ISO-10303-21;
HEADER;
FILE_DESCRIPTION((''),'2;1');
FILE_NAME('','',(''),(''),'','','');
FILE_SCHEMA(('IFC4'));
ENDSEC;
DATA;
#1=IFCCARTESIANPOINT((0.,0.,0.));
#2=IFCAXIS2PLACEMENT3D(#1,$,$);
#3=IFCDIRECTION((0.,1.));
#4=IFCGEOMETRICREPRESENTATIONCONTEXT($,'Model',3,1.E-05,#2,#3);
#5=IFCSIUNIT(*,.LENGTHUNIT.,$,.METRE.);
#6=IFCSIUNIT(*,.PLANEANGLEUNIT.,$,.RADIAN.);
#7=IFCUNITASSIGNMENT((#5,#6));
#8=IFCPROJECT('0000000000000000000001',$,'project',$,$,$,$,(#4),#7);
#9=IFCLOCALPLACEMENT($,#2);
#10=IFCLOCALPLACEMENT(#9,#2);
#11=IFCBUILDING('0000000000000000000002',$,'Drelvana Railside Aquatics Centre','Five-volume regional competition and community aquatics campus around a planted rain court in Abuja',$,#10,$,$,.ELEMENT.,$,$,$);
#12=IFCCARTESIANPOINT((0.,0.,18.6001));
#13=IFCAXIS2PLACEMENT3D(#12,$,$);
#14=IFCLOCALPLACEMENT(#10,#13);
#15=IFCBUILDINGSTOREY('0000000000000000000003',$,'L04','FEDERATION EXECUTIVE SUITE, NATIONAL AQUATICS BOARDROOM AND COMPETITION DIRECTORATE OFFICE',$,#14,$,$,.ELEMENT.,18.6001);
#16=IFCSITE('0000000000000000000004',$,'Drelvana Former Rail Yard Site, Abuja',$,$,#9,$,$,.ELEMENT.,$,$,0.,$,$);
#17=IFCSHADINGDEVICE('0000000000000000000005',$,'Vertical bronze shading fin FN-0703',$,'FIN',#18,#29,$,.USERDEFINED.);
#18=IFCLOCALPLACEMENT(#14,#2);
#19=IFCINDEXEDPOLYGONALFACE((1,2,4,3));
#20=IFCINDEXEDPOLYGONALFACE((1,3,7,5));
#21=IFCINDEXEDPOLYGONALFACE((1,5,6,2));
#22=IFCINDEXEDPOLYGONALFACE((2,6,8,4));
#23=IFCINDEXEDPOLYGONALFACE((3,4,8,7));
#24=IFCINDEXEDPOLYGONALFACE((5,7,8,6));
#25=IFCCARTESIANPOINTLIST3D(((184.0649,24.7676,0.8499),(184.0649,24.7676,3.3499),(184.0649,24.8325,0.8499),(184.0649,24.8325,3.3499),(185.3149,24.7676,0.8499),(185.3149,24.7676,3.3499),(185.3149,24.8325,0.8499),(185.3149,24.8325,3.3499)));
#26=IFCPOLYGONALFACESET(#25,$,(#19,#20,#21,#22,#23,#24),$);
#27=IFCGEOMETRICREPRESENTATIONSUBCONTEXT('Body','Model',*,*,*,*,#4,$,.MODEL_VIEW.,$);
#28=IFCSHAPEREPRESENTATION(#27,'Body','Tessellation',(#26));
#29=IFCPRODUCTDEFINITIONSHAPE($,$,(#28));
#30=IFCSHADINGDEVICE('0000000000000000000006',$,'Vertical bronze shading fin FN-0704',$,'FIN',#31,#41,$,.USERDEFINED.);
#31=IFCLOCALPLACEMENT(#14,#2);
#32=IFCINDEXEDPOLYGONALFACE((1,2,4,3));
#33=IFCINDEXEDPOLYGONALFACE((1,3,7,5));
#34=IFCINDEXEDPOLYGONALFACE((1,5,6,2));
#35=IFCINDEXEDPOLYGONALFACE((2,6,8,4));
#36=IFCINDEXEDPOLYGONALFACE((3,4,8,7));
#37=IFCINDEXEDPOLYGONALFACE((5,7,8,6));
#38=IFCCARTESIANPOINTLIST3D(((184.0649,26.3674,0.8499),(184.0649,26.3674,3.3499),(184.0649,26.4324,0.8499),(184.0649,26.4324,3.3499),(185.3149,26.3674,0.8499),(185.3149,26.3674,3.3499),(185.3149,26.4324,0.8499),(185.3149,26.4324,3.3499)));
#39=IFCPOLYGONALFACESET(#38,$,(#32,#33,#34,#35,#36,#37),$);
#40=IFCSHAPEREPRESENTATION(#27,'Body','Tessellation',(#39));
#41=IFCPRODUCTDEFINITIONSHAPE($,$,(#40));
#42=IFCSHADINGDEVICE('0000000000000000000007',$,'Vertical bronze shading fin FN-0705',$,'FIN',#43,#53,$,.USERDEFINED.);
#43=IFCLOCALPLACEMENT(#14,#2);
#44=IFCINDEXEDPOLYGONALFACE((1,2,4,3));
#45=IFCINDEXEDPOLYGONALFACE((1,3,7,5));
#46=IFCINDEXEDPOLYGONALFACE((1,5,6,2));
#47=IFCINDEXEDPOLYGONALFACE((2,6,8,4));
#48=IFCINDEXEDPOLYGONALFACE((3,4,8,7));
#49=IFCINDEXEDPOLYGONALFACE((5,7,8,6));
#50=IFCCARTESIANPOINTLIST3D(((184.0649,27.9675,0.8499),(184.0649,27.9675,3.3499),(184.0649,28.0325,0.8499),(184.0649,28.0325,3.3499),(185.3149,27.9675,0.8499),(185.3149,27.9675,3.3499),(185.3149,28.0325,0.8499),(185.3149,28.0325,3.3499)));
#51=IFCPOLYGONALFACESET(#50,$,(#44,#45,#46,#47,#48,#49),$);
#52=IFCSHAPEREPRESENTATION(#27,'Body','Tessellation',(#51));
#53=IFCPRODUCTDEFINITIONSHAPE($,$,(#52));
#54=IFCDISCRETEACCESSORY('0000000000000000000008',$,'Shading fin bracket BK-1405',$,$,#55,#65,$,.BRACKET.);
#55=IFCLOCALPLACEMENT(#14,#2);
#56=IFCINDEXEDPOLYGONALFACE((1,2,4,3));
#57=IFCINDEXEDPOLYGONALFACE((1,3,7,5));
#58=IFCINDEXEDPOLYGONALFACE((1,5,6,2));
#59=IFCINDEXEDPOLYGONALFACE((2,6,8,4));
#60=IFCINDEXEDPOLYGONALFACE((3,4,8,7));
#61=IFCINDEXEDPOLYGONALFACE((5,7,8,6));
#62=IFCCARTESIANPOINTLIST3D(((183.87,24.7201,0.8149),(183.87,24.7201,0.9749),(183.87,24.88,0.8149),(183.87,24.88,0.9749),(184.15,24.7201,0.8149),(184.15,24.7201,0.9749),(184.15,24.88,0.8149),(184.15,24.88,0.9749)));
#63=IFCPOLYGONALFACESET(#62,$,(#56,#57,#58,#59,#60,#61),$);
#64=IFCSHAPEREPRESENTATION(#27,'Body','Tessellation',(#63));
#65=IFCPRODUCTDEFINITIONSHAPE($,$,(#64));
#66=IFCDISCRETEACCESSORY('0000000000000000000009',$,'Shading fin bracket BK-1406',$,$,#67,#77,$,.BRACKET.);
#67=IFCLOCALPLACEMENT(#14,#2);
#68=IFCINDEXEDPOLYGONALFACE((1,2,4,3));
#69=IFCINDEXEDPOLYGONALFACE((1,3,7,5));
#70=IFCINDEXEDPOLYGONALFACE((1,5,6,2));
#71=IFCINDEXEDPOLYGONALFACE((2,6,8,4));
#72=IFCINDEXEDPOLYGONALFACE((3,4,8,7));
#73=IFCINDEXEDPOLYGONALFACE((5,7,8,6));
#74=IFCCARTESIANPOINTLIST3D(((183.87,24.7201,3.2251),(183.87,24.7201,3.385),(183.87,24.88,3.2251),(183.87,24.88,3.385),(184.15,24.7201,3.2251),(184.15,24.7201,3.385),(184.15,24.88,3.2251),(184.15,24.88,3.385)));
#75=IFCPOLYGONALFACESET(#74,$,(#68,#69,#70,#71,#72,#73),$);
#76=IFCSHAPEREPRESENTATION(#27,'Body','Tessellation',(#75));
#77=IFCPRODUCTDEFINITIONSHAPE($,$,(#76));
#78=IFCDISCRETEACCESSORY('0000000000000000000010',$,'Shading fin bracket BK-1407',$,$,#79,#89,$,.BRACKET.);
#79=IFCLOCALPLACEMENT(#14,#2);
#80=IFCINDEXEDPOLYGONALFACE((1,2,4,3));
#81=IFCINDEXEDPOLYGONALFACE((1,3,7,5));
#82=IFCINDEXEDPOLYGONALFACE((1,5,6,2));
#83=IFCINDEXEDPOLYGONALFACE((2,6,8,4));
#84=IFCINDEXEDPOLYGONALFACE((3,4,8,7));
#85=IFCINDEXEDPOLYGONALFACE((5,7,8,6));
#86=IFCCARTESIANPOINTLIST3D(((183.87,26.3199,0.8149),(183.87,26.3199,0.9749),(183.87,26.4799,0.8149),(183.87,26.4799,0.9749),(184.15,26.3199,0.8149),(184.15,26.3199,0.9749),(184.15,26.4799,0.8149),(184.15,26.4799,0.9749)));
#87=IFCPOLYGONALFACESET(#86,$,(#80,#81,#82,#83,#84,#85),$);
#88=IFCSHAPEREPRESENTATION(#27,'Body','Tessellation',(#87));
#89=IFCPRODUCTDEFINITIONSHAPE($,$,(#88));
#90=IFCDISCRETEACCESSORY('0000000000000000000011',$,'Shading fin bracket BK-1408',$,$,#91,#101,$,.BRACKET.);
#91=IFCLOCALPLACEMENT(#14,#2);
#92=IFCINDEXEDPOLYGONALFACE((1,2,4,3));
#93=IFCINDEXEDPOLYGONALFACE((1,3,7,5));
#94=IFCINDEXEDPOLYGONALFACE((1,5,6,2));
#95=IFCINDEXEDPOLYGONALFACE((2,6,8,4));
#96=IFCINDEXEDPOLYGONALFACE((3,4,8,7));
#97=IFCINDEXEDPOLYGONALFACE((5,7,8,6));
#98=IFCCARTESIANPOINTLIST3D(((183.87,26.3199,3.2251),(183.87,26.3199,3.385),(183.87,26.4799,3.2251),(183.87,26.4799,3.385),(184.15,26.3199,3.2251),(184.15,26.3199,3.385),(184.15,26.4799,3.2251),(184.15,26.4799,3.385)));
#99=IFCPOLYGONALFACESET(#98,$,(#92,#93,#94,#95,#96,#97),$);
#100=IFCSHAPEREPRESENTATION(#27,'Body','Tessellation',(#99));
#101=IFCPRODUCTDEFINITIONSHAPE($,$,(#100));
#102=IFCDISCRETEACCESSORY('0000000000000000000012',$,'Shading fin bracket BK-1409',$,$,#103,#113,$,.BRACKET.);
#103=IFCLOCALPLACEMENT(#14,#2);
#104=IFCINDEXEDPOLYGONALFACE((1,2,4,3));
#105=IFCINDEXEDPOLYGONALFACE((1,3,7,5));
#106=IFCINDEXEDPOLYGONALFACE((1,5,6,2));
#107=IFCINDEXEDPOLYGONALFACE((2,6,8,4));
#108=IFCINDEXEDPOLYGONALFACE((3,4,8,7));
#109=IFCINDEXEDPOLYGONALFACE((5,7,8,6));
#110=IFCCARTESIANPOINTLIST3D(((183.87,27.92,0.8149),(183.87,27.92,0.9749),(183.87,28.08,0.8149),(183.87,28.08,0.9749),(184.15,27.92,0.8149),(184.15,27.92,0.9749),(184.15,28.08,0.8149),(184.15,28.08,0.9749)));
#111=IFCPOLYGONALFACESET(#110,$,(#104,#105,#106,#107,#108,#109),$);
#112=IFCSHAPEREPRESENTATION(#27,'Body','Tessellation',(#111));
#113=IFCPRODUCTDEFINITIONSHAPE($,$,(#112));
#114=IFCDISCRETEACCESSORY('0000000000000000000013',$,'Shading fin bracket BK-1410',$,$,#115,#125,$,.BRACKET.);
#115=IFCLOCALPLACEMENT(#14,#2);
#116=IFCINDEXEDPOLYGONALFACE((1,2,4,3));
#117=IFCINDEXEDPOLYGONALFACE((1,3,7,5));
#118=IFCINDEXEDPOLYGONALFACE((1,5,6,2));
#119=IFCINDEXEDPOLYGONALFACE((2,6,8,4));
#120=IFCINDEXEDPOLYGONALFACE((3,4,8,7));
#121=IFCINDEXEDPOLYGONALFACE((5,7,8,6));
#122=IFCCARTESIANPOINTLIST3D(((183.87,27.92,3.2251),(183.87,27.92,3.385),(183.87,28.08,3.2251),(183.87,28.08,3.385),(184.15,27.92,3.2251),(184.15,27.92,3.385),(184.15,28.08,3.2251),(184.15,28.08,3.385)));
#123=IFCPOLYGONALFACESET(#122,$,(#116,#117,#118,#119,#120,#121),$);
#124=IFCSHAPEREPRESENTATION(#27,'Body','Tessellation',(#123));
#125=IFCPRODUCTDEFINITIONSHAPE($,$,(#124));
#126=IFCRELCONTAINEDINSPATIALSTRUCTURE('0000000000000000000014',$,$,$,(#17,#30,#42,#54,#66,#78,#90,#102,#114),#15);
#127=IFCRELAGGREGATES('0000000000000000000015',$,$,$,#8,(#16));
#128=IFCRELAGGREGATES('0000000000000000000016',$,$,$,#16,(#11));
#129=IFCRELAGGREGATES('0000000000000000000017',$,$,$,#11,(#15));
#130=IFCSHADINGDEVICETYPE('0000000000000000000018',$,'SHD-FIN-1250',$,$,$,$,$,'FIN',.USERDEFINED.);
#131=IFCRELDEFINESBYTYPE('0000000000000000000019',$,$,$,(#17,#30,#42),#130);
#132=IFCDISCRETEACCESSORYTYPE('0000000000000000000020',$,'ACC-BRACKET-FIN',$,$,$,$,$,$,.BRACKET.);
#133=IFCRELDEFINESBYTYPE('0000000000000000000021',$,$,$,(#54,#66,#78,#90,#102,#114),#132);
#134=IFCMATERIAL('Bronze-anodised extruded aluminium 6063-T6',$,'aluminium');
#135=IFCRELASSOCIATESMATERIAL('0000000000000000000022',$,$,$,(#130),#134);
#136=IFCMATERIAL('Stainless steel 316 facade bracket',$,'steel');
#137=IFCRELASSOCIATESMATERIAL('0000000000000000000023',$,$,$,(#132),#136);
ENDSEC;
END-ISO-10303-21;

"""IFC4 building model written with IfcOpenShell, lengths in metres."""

from ifc_helpers import new_model, si_unit, direction, frame, origin, origin_2d, place, context, subcontext, project, spatial, rectangle, extrude, material, type_object, element, save


model = new_model("IFC4")

# Units and contexts
model_context = context("Model", 3, precision=1e-05, world=origin(), true_north=direction((0.0, 1.0)))
body_context = subcontext(model_context, "Body", "Model", "MODEL_VIEW")
ifc_project = project(units=[si_unit("LENGTHUNIT", "METRE"), si_unit("PLANEANGLEUNIT", "RADIAN")], contexts=[model_context])

# Site, building, storey
site_placement = place(None, origin())
site = spatial("IfcSite", under=ifc_project, at=site_placement, Name="Drelvana Former Rail Yard Site, Abuja", CompositionType="ELEMENT", RefElevation=0.0)
building_placement = place(site_placement, origin())
building = spatial("IfcBuilding", under=site, at=building_placement, Name="Drelvana Railside Aquatics Centre", Description="Five-volume regional competition and community aquatics campus around a planted rain court in Abuja", CompositionType="ELEMENT")
storey_placement = place(building_placement, frame((0.0, 0.0, 18.6001)))
storey = spatial("IfcBuildingStorey", under=building, at=storey_placement, Name="L04", Description="FEDERATION EXECUTIVE SUITE, NATIONAL AQUATICS BOARDROOM AND COMPETITION DIRECTORATE OFFICE", CompositionType="ELEMENT", Elevation=18.6001)

# Shared definitions
ifc_material_1 = material(Name="Bronze-anodised extruded aluminium 6063-T6", Category="aluminium")

# Shading devices
shading_device_type = type_object("IfcShadingDeviceType", Name="SHD-FIN-1250", ElementType="FIN", PredefinedType="USERDEFINED", material=ifc_material_1)
for number, where, z_axis, x_axis, name in (
    (1, (184.6899, 24.8, 0.8499), (0.0, 0.0, 1.0), (1.0, 0.0, 0.0), "Vertical bronze shading fin FN-0703"),
    (2, (184.6899, 26.3999, 0.8499), (0.0, 0.0, 1.0), (1.0, 0.0, 0.0), "Vertical bronze shading fin FN-0704"),
    (3, (184.6899, 28.0, 0.8499), (0.0, 0.0, 1.0), (1.0, 0.0, 0.0), "Vertical bronze shading fin FN-0705"),
):
    element("IfcShadingDevice", number, at=place(storey_placement, frame(where, z_axis=z_axis, x_axis=x_axis)), inside=storey, type_object=shading_device_type, Name=name, ObjectType="FIN", PredefinedType="USERDEFINED", context=body_context, shape_type="SweptSolid", body=[
        extrude(rectangle(XDim=1.25, YDim=0.0649, at=origin_2d()), origin(), (0.0, 0.0, 1.0), 2.5),
    ])

# Discrete accessories
ifc_material_2 = material(Name="Stainless steel 316 facade bracket", Category="steel")
discrete_accessory_type = type_object("IfcDiscreteAccessoryType", Name="ACC-BRACKET-FIN", PredefinedType="BRACKET", material=ifc_material_2)
for number, where, z_axis, x_axis, name in (
    (4, (184.01, 24.8, 0.8149), (0.0, 0.0, 1.0), (1.0, 0.0, 0.0), "Shading fin bracket BK-1405"),
    (5, (184.01, 24.8, 3.2251), (0.0, 0.0, 1.0), (1.0, 0.0, 0.0), "Shading fin bracket BK-1406"),
    (6, (184.01, 26.3999, 0.8149), (0.0, 0.0, 1.0), (1.0, 0.0, 0.0), "Shading fin bracket BK-1407"),
    (7, (184.01, 26.3999, 3.2251), (0.0, 0.0, 1.0), (1.0, 0.0, 0.0), "Shading fin bracket BK-1408"),
    (8, (184.01, 28.0, 0.8149), (0.0, 0.0, 1.0), (1.0, 0.0, 0.0), "Shading fin bracket BK-1409"),
    (9, (184.01, 28.0, 3.2251), (0.0, 0.0, 1.0), (1.0, 0.0, 0.0), "Shading fin bracket BK-1410"),
):
    element("IfcDiscreteAccessory", number, at=place(storey_placement, frame(where, z_axis=z_axis, x_axis=x_axis)), inside=storey, type_object=discrete_accessory_type, Name=name, PredefinedType="BRACKET", context=body_context, shape_type="SweptSolid", body=[
        extrude(rectangle(XDim=0.28, YDim=0.1599, at=origin_2d()), origin(), (0.0, 0.0, 1.0), 0.1599),
    ])

save(model, "model.ifc")
